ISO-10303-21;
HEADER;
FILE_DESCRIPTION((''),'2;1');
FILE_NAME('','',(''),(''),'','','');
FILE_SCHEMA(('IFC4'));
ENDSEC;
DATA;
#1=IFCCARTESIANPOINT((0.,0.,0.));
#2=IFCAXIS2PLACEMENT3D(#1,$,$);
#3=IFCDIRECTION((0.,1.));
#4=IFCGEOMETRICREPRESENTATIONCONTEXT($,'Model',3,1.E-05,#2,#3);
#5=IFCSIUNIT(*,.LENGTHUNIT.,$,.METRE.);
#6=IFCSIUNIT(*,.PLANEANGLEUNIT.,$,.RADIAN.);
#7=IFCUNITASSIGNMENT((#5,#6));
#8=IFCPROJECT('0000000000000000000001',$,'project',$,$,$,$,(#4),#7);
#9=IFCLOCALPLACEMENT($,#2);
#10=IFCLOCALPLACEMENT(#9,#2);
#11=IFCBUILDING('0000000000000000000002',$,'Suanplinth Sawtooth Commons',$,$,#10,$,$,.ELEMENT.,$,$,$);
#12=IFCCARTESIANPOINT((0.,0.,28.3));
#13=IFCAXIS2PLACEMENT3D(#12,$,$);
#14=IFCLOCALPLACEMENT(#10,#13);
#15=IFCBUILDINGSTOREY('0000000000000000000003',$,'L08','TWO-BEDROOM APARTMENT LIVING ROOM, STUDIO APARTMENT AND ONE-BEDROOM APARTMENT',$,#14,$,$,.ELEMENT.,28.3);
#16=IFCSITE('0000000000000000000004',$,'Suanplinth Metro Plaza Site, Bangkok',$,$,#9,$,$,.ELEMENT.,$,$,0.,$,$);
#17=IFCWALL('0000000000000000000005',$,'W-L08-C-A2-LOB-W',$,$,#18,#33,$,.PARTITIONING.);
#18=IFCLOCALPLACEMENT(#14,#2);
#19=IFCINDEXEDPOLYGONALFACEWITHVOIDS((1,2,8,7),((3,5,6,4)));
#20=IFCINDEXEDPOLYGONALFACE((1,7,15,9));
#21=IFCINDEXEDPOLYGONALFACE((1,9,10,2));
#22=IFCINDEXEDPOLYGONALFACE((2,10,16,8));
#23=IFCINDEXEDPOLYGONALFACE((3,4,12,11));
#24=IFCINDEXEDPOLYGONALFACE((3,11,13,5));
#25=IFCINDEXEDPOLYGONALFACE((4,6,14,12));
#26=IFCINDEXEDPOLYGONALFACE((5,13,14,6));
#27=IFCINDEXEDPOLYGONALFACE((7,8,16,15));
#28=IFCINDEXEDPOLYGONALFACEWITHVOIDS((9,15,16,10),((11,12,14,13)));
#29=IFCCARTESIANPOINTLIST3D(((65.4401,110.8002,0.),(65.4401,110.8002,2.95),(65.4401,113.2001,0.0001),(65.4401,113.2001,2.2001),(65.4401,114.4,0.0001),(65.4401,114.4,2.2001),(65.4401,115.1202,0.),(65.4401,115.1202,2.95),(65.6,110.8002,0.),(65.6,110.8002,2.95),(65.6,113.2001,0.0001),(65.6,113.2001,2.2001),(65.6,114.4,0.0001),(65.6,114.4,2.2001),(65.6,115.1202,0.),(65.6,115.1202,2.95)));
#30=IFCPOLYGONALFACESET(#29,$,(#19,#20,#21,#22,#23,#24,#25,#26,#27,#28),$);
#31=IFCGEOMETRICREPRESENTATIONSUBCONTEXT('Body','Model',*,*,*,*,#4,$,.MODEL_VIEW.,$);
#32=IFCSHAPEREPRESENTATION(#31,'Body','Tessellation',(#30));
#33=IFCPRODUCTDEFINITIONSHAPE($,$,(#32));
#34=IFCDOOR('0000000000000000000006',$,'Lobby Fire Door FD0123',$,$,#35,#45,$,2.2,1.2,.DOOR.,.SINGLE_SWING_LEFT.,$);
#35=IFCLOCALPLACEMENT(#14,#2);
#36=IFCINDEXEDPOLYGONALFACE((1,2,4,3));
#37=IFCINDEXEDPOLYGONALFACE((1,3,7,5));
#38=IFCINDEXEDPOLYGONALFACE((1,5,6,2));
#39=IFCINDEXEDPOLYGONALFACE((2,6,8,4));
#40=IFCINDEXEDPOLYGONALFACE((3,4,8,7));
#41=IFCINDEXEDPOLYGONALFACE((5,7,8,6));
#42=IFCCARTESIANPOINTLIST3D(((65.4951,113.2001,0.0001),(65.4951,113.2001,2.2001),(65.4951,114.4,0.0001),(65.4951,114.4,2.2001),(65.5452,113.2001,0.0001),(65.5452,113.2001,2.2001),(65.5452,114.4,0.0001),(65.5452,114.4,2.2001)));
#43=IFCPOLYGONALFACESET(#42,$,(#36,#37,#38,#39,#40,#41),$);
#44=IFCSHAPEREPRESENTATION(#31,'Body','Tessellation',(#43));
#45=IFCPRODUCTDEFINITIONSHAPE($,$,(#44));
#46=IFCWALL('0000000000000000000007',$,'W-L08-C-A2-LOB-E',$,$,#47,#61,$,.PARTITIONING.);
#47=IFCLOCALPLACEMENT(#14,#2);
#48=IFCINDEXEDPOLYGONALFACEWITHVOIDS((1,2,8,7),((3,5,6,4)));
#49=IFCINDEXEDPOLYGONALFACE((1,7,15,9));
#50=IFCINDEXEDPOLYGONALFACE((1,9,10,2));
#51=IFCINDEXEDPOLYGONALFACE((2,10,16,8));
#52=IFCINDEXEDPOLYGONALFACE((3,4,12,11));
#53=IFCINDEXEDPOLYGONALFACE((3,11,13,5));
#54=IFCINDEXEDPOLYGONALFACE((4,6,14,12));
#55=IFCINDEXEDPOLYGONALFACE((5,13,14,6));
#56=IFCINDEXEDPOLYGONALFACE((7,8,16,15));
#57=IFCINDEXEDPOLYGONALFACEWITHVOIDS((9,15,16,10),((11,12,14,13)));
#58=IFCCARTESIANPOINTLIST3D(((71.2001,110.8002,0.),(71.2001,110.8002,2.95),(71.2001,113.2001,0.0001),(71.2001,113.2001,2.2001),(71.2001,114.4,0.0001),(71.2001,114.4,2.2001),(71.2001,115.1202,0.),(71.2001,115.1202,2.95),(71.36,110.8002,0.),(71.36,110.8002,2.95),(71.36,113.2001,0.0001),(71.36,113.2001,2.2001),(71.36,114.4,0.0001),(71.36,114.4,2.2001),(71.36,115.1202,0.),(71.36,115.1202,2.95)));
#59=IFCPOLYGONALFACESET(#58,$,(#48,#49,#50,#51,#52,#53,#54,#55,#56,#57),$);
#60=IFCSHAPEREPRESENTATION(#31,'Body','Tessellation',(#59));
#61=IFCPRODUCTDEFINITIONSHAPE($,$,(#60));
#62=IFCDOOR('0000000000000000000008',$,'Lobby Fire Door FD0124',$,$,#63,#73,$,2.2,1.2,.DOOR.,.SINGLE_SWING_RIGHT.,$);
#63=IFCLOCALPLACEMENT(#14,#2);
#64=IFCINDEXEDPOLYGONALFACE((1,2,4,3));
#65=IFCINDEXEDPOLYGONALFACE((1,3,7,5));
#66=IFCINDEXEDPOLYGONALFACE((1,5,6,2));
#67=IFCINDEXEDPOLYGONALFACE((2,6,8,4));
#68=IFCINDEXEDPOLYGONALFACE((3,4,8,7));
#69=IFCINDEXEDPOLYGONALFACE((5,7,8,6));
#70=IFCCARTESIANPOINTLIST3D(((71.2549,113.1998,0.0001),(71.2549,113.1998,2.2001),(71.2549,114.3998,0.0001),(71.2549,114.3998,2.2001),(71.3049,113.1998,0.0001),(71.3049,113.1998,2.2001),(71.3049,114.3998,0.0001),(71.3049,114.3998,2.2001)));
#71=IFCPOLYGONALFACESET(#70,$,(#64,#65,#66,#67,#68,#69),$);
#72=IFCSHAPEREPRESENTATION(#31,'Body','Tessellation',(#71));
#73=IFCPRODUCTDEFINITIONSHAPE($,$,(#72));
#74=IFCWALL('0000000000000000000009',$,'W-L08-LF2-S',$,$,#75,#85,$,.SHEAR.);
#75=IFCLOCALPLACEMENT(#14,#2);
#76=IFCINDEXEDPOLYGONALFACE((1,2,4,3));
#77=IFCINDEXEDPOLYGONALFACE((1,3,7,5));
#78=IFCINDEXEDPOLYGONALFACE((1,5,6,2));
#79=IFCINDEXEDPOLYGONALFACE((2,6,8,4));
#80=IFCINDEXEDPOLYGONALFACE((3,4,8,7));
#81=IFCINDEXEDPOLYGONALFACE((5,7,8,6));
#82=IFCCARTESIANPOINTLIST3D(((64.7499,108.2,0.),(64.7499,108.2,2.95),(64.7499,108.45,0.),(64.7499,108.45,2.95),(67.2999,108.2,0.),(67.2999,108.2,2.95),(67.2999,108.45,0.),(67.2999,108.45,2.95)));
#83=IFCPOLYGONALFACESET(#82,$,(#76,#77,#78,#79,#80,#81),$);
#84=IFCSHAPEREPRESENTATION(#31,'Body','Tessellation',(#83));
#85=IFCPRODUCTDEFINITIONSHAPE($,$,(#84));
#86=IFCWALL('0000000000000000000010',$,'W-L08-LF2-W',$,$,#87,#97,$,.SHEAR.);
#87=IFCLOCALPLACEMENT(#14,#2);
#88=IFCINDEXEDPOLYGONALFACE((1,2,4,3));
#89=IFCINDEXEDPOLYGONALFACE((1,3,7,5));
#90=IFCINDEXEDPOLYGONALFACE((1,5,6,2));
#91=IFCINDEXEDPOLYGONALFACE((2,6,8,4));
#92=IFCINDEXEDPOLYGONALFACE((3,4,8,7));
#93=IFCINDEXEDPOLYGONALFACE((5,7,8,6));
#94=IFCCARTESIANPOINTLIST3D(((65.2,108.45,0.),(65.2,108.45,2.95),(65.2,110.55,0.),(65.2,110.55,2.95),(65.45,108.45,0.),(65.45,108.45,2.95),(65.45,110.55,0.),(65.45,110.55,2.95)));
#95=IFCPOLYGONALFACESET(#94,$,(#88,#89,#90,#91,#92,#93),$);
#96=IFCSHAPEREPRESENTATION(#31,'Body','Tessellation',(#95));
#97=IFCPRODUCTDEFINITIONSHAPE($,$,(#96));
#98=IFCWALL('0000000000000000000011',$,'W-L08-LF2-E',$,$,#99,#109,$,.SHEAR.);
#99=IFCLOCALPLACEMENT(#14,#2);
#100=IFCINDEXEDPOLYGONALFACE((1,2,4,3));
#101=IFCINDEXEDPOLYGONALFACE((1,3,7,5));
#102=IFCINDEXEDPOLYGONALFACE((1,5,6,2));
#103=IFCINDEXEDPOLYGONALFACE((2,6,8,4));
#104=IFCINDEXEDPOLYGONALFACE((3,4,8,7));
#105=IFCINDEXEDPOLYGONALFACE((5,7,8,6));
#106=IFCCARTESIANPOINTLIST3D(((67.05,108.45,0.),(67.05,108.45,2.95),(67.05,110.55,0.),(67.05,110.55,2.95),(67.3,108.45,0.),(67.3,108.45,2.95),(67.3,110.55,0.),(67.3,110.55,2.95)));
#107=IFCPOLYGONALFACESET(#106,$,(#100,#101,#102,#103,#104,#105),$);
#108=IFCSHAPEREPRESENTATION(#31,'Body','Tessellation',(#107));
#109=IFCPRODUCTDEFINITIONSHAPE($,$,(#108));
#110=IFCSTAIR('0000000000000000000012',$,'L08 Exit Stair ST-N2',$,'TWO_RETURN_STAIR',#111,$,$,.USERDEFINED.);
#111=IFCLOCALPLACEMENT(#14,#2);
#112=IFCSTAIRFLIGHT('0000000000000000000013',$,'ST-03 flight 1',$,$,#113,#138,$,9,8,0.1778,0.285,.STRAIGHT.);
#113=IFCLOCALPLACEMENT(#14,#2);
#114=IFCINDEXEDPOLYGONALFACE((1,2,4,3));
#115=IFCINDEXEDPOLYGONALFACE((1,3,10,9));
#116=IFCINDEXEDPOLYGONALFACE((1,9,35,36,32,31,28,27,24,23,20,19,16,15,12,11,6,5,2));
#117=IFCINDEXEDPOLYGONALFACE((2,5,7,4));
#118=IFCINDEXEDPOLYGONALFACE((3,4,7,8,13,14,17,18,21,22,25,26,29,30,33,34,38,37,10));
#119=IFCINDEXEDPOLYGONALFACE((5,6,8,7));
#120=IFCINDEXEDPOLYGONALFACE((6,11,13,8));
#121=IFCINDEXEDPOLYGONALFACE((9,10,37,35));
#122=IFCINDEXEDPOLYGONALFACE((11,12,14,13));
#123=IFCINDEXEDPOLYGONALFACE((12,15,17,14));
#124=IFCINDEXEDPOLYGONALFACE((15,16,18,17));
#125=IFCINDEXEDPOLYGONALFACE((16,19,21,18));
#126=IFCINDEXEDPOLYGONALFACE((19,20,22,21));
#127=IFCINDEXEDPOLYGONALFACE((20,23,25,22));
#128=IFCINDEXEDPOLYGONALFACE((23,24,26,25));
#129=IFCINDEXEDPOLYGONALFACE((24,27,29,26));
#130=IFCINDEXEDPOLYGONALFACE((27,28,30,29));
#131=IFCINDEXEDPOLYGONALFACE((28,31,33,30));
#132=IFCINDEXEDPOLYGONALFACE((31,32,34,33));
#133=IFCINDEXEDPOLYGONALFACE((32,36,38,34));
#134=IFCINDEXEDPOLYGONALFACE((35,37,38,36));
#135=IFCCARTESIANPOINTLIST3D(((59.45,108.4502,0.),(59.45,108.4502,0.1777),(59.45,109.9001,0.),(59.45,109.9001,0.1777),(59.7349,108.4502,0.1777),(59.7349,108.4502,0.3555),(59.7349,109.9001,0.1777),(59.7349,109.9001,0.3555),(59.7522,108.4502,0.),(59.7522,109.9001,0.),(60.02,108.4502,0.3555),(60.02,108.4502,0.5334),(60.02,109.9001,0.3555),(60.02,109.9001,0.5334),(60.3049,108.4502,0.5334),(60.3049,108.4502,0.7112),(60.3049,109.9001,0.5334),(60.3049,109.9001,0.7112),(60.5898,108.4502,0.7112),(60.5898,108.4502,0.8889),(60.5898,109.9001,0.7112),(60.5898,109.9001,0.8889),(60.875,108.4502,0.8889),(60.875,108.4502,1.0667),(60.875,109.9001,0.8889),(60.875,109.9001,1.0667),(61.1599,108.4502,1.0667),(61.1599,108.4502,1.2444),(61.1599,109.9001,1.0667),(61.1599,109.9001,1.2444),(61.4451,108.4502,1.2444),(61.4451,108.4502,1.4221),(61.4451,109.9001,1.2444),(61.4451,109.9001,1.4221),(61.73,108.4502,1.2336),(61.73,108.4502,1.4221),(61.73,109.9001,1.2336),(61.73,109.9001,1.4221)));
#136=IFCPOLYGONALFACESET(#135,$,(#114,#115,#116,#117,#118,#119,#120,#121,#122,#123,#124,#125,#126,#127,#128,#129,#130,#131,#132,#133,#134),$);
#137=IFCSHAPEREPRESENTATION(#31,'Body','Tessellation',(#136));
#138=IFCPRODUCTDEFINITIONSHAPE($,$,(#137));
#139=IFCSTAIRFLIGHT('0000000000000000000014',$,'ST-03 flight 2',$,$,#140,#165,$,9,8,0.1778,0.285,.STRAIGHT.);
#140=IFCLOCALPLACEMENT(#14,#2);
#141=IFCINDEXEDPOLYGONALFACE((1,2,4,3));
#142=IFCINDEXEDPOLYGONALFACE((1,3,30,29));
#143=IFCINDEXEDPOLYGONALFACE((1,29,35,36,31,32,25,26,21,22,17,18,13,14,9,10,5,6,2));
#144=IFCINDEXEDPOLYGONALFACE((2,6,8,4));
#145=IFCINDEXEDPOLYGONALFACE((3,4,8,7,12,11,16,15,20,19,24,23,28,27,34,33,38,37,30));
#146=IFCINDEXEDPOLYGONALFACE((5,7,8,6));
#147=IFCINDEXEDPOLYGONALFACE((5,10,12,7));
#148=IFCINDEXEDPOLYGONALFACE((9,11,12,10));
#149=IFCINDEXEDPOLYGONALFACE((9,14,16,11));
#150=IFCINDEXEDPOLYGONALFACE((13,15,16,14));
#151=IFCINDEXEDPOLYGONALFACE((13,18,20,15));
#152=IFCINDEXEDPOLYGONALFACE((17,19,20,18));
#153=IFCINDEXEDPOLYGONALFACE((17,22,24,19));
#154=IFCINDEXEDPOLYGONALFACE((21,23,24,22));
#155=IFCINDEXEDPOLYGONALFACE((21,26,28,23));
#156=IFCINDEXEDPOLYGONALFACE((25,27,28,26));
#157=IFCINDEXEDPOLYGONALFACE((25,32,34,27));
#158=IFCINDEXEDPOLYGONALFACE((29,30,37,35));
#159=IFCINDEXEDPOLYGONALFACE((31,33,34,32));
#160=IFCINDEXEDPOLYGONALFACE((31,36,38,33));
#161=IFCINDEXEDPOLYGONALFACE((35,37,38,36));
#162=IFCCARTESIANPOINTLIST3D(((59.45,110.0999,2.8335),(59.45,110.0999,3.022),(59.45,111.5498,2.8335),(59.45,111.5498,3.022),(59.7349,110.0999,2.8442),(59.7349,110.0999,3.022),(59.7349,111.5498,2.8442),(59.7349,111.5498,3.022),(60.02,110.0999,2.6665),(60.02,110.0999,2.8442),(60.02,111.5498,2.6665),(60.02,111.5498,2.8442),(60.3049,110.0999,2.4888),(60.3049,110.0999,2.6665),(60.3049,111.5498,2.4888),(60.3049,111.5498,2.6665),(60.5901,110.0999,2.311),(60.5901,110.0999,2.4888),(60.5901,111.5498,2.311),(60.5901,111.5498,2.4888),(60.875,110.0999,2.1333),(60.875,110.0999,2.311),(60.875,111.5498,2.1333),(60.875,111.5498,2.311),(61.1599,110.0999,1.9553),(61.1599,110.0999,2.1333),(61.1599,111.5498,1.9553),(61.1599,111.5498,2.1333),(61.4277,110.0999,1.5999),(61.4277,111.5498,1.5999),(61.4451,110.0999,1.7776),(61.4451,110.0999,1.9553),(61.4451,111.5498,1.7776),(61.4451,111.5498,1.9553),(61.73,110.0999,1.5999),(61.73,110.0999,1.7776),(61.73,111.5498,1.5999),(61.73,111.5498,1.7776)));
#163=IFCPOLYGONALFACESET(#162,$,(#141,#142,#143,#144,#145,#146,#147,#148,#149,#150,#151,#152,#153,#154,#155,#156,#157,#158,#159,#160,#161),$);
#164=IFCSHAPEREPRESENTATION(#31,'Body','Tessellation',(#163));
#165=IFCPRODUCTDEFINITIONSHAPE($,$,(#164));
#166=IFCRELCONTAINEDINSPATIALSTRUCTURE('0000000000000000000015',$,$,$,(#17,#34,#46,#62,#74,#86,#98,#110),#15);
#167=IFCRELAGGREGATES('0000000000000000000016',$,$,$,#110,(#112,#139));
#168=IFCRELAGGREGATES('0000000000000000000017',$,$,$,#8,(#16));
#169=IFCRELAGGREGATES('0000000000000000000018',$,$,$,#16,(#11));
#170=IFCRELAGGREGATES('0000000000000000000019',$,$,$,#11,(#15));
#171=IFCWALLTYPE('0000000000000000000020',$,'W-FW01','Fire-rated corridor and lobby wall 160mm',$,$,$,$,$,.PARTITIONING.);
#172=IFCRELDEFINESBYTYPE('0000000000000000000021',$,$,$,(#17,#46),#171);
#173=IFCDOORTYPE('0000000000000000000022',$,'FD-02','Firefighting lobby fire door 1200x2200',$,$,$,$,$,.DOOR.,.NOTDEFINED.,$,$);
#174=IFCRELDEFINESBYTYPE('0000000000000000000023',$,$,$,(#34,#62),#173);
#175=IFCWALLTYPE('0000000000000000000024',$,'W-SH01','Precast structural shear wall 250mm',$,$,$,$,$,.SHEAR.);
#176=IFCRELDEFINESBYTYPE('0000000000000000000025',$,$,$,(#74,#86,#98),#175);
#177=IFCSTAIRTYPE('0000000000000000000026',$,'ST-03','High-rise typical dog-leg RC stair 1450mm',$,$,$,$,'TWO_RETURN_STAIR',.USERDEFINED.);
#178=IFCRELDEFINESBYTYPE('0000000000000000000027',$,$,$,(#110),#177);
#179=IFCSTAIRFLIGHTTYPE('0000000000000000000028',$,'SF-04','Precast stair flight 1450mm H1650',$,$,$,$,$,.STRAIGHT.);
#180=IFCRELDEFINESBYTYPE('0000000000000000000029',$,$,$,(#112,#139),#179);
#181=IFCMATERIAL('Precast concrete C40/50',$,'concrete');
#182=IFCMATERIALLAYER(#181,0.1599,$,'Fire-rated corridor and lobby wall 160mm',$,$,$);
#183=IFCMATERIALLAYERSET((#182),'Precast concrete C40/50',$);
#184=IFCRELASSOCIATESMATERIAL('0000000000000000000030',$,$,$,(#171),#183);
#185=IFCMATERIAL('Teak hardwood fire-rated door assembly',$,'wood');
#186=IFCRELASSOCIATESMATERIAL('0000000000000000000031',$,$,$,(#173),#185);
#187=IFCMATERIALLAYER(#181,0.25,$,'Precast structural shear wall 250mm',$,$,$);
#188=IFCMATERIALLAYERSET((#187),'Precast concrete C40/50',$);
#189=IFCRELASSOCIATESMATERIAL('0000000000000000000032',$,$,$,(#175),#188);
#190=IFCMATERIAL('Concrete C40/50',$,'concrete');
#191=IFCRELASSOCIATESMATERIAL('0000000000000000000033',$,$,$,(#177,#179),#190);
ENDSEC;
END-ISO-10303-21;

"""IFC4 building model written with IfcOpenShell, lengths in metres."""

from ifc_helpers import new_model, si_unit, direction, frame, frame_2d, origin, place, context, subcontext, project, spatial, polyline, rectangle, outline, extrude, material, layer, layer_set, type_object, element, fill, aggregate, save


model = new_model("IFC4")

# Units and contexts
model_context = context("Model", 3, precision=1e-05, world=origin(), true_north=direction((0.0, 1.0)))
body_context = subcontext(model_context, "Body", "Model", "MODEL_VIEW")
ifc_project = project(units=[si_unit("LENGTHUNIT", "METRE"), si_unit("PLANEANGLEUNIT", "RADIAN")], contexts=[model_context])

# Site, building, storey
site_placement = place(None, origin())
site = spatial("IfcSite", under=ifc_project, at=site_placement, Name="Suanplinth Metro Plaza Site, Bangkok", CompositionType="ELEMENT", RefElevation=0.0)
building_placement = place(site_placement, origin())
building = spatial("IfcBuilding", under=site, at=building_placement, Name="Suanplinth Sawtooth Commons", CompositionType="ELEMENT")
storey_placement = place(building_placement, frame((0.0, 0.0, 28.3)))
storey = spatial("IfcBuildingStorey", under=building, at=storey_placement, Name="L08", Description="TWO-BEDROOM APARTMENT LIVING ROOM, STUDIO APARTMENT AND ONE-BEDROOM APARTMENT", CompositionType="ELEMENT", Elevation=28.3)

# Shared definitions
ifc_material_1 = material(Name="Precast concrete C40/50", Category="concrete")

# Shared definitions
ifc_material_2 = material(Name="Concrete C40/50", Category="concrete")

# Walls, openings, doors
ifc_layer_1 = layer(ifc_material_1, 0.1599, Name="Fire-rated corridor and lobby wall 160mm")
ifc_layer_set_1 = layer_set([ifc_layer_1], Name="Precast concrete C40/50")
wall_type_1 = type_object("IfcWallType", Name="W-FW01", Description="Fire-rated corridor and lobby wall 160mm", PredefinedType="PARTITIONING", material=ifc_layer_set_1)
wall_1_placement = place(storey_placement, frame((65.52, 110.8, 0.0), z_axis=(0.0, 0.0, 1.0), x_axis=(0.0, 1.0, 0.0)))
wall_1 = element("IfcWall", 1, at=wall_1_placement, inside=storey, type_object=wall_type_1, Name="W-L08-C-A2-LOB-W", PredefinedType="PARTITIONING", context=body_context, shape_type="SweptSolid", body=[
    extrude(rectangle(XDim=4.3201, YDim=0.1599, at=frame_2d((2.1602, 0.0))), origin(), (0.0, 0.0, 1.0), 2.95),
])
opening_1_placement = place(wall_1_placement, frame((2.3999, 0.0, 0.0)))
opening_1 = element("IfcOpeningElement", 2, at=opening_1_placement, cuts=wall_1, PredefinedType="OPENING", context=body_context, shape_type="SweptSolid", body=[
    extrude(rectangle(XDim=1.2, YDim=2.2, at=frame_2d((0.6001, 1.1001))), frame((0.0, 0.0947, 0.0), z_axis=(0.0, -1.0, 0.0), x_axis=(1.0, 0.0, 0.0)), (0.0, 0.0, 1.0), 0.1897),
])
ifc_material_3 = material(Name="Teak hardwood fire-rated door assembly", Category="wood")
door_type_1 = type_object("IfcDoorType", Name="FD-02", Description="Firefighting lobby fire door 1200x2200", OperationType="NOTDEFINED", PredefinedType="DOOR", material=ifc_material_3)
door_1_placement = place(opening_1_placement, origin())
door_1 = element("IfcDoor", 3, at=door_1_placement, inside=storey, type_object=door_type_1, Name="Lobby Fire Door FD0123", OperationType="SINGLE_SWING_LEFT", OverallHeight=2.2, OverallWidth=1.2, PredefinedType="DOOR", context=body_context, shape_type="SweptSolid", body=[
    extrude(rectangle(XDim=1.2, YDim=2.2, at=frame_2d((0.6001, 1.1001))), frame((0.0, 0.0249, 0.0), z_axis=(0.0, -1.0, 0.0), x_axis=(1.0, 0.0, 0.0)), (0.0, 0.0, 1.0), 0.05),
])
fill(opening_1, door_1)
wall_2_placement = place(storey_placement, frame((71.28, 110.8, 0.0), z_axis=(0.0, 0.0, 1.0), x_axis=(0.0, 1.0, 0.0)))
wall_2 = element("IfcWall", 4, at=wall_2_placement, inside=storey, type_object=wall_type_1, Name="W-L08-C-A2-LOB-E", PredefinedType="PARTITIONING", context=body_context, shape_type="SweptSolid", body=[
    extrude(rectangle(XDim=4.3201, YDim=0.1599, at=frame_2d((2.1602, 0.0))), origin(), (0.0, 0.0, 1.0), 2.95),
])
opening_2_placement = place(wall_2_placement, frame((2.3999, 0.0, 0.0)))
opening_2 = element("IfcOpeningElement", 5, at=opening_2_placement, cuts=wall_2, PredefinedType="OPENING", context=body_context, shape_type="SweptSolid", body=[
    extrude(rectangle(XDim=1.2, YDim=2.2, at=frame_2d((0.6001, 1.1001))), frame((0.0, 0.0947, 0.0), z_axis=(0.0, -1.0, 0.0), x_axis=(1.0, 0.0, 0.0)), (0.0, 0.0, 1.0), 0.1897),
])
door_2_placement = place(opening_2_placement, frame((1.2, 0.0, 0.0), z_axis=(0.0, 0.0, 1.0), x_axis=(-1.0, 0.0, 0.0)))
door_2 = element("IfcDoor", 6, at=door_2_placement, inside=storey, type_object=door_type_1, Name="Lobby Fire Door FD0124", OperationType="SINGLE_SWING_RIGHT", OverallHeight=2.2, OverallWidth=1.2, PredefinedType="DOOR", context=body_context, shape_type="SweptSolid", body=[
    extrude(rectangle(XDim=1.2, YDim=2.2, at=frame_2d((0.6001, 1.1001))), frame((0.0, 0.0249, 0.0), z_axis=(0.0, -1.0, 0.0), x_axis=(1.0, 0.0, 0.0)), (0.0, 0.0, 1.0), 0.05),
])
fill(opening_2, door_2)

# Wall
ifc_layer_2 = layer(ifc_material_1, 0.25, Name="Precast structural shear wall 250mm")
ifc_layer_set_2 = layer_set([ifc_layer_2], Name="Precast concrete C40/50")
wall_type_2 = type_object("IfcWallType", Name="W-SH01", Description="Precast structural shear wall 250mm", PredefinedType="SHEAR", material=ifc_layer_set_2)
wall_3_placement = place(storey_placement, frame((64.75, 108.325, 0.0), z_axis=(0.0, 0.0, 1.0), x_axis=(1.0, 0.0, 0.0)))
element("IfcWall", 7, at=wall_3_placement, inside=storey, type_object=wall_type_2, Name="W-L08-LF2-S", PredefinedType="SHEAR", context=body_context, shape_type="SweptSolid", body=[
    extrude(rectangle(XDim=2.55, YDim=0.25, at=frame_2d((1.2749, 0.0))), origin(), (0.0, 0.0, 1.0), 2.95),
])

# Walls
for number, where, z_axis, x_axis, name in (
    (8, (65.325, 108.45, 0.0), (0.0, 0.0, 1.0), (0.0, 1.0, 0.0), "W-L08-LF2-W"),
    (9, (67.175, 108.45, 0.0), (0.0, 0.0, 1.0), (0.0, 1.0, 0.0), "W-L08-LF2-E"),
):
    element("IfcWall", number, at=place(storey_placement, frame(where, z_axis=z_axis, x_axis=x_axis)), inside=storey, type_object=wall_type_2, Name=name, PredefinedType="SHEAR", context=body_context, shape_type="SweptSolid", body=[
        extrude(rectangle(XDim=2.1001, YDim=0.25, at=frame_2d((1.05, 0.0))), origin(), (0.0, 0.0, 1.0), 2.95),
    ])

# Stair, stair flights
stair_type = type_object("IfcStairType", Name="ST-03", Description="High-rise typical dog-leg RC stair 1450mm", ElementType="TWO_RETURN_STAIR", PredefinedType="USERDEFINED", material=ifc_material_2)
stair_placement = place(storey_placement, origin())
stair = element("IfcStair", 10, at=stair_placement, inside=storey, type_object=stair_type, Name="L08 Exit Stair ST-N2", ObjectType="TWO_RETURN_STAIR", PredefinedType="USERDEFINED")
stair_flight_type = type_object("IfcStairFlightType", Name="SF-04", Description="Precast stair flight 1450mm H1650", PredefinedType="STRAIGHT", material=ifc_material_2)
stair_flight_1_placement = place(storey_placement, frame((59.45, 109.175, 0.0), z_axis=(0.0, 0.0, 1.0), x_axis=(1.0, 0.0, 0.0)))
stair_flight_1 = element("IfcStairFlight", 11, at=stair_flight_1_placement, type_object=stair_flight_type, Name="ST-03 flight 1", NumberOfRisers=9, NumberOfTreads=8, PredefinedType="STRAIGHT", RiserHeight=0.1778, TreadLength=0.285, context=body_context, shape_type="SweptSolid", body=[
    extrude(outline(polyline([(0.0, 0.0), (0.0, 0.1777), (0.2849, 0.1777), (0.2849, 0.3555), (0.5701, 0.3555), (0.5701, 0.5334), (0.855, 0.5334), (0.855, 0.7112), (1.1399, 0.7112), (1.1399, 0.8889), (1.425, 0.8889), (1.425, 1.0667), (1.71, 1.0667), (1.71, 1.2444), (1.9951, 1.2444), (1.9951, 1.4221), (2.28, 1.4221), (2.28, 1.6001), (2.28, 1.2336), (0.3022, 0.0), (0.0, 0.0)])), frame((0.0, 0.7251, 0.0), z_axis=(0.0, -1.0, 0.0), x_axis=(1.0, 0.0, 0.0)), (0.0, 0.0, 1.0), 1.45),
])
stair_flight_2_placement = place(storey_placement, frame((61.73, 110.825, 1.5999), z_axis=(0.0, 0.0, 1.0), x_axis=(-1.0, 0.0, 0.0)))
stair_flight_2 = element("IfcStairFlight", 12, at=stair_flight_2_placement, type_object=stair_flight_type, Name="ST-03 flight 2", NumberOfRisers=9, NumberOfTreads=8, PredefinedType="STRAIGHT", RiserHeight=0.1778, TreadLength=0.285, context=body_context, shape_type="SweptSolid", body=[
    extrude(outline(polyline([(0.0, 0.0), (0.0, 0.1777), (0.2849, 0.1777), (0.2849, 0.3555), (0.5701, 0.3555), (0.5701, 0.5334), (0.855, 0.5334), (0.855, 0.7112), (1.1399, 0.7112), (1.1399, 0.8889), (1.425, 0.8889), (1.425, 1.0667), (1.71, 1.0667), (1.71, 1.2444), (1.9951, 1.2444), (1.9951, 1.4221), (2.28, 1.4221), (2.28, 1.6001), (2.28, 1.2336), (0.3022, 0.0), (0.0, 0.0)])), frame((0.0, 0.7251, 0.0), z_axis=(0.0, -1.0, 0.0), x_axis=(1.0, 0.0, 0.0)), (0.0, 0.0, 1.0), 1.45),
])
aggregate(stair, [stair_flight_1, stair_flight_2])

save(model, "model.ifc")
